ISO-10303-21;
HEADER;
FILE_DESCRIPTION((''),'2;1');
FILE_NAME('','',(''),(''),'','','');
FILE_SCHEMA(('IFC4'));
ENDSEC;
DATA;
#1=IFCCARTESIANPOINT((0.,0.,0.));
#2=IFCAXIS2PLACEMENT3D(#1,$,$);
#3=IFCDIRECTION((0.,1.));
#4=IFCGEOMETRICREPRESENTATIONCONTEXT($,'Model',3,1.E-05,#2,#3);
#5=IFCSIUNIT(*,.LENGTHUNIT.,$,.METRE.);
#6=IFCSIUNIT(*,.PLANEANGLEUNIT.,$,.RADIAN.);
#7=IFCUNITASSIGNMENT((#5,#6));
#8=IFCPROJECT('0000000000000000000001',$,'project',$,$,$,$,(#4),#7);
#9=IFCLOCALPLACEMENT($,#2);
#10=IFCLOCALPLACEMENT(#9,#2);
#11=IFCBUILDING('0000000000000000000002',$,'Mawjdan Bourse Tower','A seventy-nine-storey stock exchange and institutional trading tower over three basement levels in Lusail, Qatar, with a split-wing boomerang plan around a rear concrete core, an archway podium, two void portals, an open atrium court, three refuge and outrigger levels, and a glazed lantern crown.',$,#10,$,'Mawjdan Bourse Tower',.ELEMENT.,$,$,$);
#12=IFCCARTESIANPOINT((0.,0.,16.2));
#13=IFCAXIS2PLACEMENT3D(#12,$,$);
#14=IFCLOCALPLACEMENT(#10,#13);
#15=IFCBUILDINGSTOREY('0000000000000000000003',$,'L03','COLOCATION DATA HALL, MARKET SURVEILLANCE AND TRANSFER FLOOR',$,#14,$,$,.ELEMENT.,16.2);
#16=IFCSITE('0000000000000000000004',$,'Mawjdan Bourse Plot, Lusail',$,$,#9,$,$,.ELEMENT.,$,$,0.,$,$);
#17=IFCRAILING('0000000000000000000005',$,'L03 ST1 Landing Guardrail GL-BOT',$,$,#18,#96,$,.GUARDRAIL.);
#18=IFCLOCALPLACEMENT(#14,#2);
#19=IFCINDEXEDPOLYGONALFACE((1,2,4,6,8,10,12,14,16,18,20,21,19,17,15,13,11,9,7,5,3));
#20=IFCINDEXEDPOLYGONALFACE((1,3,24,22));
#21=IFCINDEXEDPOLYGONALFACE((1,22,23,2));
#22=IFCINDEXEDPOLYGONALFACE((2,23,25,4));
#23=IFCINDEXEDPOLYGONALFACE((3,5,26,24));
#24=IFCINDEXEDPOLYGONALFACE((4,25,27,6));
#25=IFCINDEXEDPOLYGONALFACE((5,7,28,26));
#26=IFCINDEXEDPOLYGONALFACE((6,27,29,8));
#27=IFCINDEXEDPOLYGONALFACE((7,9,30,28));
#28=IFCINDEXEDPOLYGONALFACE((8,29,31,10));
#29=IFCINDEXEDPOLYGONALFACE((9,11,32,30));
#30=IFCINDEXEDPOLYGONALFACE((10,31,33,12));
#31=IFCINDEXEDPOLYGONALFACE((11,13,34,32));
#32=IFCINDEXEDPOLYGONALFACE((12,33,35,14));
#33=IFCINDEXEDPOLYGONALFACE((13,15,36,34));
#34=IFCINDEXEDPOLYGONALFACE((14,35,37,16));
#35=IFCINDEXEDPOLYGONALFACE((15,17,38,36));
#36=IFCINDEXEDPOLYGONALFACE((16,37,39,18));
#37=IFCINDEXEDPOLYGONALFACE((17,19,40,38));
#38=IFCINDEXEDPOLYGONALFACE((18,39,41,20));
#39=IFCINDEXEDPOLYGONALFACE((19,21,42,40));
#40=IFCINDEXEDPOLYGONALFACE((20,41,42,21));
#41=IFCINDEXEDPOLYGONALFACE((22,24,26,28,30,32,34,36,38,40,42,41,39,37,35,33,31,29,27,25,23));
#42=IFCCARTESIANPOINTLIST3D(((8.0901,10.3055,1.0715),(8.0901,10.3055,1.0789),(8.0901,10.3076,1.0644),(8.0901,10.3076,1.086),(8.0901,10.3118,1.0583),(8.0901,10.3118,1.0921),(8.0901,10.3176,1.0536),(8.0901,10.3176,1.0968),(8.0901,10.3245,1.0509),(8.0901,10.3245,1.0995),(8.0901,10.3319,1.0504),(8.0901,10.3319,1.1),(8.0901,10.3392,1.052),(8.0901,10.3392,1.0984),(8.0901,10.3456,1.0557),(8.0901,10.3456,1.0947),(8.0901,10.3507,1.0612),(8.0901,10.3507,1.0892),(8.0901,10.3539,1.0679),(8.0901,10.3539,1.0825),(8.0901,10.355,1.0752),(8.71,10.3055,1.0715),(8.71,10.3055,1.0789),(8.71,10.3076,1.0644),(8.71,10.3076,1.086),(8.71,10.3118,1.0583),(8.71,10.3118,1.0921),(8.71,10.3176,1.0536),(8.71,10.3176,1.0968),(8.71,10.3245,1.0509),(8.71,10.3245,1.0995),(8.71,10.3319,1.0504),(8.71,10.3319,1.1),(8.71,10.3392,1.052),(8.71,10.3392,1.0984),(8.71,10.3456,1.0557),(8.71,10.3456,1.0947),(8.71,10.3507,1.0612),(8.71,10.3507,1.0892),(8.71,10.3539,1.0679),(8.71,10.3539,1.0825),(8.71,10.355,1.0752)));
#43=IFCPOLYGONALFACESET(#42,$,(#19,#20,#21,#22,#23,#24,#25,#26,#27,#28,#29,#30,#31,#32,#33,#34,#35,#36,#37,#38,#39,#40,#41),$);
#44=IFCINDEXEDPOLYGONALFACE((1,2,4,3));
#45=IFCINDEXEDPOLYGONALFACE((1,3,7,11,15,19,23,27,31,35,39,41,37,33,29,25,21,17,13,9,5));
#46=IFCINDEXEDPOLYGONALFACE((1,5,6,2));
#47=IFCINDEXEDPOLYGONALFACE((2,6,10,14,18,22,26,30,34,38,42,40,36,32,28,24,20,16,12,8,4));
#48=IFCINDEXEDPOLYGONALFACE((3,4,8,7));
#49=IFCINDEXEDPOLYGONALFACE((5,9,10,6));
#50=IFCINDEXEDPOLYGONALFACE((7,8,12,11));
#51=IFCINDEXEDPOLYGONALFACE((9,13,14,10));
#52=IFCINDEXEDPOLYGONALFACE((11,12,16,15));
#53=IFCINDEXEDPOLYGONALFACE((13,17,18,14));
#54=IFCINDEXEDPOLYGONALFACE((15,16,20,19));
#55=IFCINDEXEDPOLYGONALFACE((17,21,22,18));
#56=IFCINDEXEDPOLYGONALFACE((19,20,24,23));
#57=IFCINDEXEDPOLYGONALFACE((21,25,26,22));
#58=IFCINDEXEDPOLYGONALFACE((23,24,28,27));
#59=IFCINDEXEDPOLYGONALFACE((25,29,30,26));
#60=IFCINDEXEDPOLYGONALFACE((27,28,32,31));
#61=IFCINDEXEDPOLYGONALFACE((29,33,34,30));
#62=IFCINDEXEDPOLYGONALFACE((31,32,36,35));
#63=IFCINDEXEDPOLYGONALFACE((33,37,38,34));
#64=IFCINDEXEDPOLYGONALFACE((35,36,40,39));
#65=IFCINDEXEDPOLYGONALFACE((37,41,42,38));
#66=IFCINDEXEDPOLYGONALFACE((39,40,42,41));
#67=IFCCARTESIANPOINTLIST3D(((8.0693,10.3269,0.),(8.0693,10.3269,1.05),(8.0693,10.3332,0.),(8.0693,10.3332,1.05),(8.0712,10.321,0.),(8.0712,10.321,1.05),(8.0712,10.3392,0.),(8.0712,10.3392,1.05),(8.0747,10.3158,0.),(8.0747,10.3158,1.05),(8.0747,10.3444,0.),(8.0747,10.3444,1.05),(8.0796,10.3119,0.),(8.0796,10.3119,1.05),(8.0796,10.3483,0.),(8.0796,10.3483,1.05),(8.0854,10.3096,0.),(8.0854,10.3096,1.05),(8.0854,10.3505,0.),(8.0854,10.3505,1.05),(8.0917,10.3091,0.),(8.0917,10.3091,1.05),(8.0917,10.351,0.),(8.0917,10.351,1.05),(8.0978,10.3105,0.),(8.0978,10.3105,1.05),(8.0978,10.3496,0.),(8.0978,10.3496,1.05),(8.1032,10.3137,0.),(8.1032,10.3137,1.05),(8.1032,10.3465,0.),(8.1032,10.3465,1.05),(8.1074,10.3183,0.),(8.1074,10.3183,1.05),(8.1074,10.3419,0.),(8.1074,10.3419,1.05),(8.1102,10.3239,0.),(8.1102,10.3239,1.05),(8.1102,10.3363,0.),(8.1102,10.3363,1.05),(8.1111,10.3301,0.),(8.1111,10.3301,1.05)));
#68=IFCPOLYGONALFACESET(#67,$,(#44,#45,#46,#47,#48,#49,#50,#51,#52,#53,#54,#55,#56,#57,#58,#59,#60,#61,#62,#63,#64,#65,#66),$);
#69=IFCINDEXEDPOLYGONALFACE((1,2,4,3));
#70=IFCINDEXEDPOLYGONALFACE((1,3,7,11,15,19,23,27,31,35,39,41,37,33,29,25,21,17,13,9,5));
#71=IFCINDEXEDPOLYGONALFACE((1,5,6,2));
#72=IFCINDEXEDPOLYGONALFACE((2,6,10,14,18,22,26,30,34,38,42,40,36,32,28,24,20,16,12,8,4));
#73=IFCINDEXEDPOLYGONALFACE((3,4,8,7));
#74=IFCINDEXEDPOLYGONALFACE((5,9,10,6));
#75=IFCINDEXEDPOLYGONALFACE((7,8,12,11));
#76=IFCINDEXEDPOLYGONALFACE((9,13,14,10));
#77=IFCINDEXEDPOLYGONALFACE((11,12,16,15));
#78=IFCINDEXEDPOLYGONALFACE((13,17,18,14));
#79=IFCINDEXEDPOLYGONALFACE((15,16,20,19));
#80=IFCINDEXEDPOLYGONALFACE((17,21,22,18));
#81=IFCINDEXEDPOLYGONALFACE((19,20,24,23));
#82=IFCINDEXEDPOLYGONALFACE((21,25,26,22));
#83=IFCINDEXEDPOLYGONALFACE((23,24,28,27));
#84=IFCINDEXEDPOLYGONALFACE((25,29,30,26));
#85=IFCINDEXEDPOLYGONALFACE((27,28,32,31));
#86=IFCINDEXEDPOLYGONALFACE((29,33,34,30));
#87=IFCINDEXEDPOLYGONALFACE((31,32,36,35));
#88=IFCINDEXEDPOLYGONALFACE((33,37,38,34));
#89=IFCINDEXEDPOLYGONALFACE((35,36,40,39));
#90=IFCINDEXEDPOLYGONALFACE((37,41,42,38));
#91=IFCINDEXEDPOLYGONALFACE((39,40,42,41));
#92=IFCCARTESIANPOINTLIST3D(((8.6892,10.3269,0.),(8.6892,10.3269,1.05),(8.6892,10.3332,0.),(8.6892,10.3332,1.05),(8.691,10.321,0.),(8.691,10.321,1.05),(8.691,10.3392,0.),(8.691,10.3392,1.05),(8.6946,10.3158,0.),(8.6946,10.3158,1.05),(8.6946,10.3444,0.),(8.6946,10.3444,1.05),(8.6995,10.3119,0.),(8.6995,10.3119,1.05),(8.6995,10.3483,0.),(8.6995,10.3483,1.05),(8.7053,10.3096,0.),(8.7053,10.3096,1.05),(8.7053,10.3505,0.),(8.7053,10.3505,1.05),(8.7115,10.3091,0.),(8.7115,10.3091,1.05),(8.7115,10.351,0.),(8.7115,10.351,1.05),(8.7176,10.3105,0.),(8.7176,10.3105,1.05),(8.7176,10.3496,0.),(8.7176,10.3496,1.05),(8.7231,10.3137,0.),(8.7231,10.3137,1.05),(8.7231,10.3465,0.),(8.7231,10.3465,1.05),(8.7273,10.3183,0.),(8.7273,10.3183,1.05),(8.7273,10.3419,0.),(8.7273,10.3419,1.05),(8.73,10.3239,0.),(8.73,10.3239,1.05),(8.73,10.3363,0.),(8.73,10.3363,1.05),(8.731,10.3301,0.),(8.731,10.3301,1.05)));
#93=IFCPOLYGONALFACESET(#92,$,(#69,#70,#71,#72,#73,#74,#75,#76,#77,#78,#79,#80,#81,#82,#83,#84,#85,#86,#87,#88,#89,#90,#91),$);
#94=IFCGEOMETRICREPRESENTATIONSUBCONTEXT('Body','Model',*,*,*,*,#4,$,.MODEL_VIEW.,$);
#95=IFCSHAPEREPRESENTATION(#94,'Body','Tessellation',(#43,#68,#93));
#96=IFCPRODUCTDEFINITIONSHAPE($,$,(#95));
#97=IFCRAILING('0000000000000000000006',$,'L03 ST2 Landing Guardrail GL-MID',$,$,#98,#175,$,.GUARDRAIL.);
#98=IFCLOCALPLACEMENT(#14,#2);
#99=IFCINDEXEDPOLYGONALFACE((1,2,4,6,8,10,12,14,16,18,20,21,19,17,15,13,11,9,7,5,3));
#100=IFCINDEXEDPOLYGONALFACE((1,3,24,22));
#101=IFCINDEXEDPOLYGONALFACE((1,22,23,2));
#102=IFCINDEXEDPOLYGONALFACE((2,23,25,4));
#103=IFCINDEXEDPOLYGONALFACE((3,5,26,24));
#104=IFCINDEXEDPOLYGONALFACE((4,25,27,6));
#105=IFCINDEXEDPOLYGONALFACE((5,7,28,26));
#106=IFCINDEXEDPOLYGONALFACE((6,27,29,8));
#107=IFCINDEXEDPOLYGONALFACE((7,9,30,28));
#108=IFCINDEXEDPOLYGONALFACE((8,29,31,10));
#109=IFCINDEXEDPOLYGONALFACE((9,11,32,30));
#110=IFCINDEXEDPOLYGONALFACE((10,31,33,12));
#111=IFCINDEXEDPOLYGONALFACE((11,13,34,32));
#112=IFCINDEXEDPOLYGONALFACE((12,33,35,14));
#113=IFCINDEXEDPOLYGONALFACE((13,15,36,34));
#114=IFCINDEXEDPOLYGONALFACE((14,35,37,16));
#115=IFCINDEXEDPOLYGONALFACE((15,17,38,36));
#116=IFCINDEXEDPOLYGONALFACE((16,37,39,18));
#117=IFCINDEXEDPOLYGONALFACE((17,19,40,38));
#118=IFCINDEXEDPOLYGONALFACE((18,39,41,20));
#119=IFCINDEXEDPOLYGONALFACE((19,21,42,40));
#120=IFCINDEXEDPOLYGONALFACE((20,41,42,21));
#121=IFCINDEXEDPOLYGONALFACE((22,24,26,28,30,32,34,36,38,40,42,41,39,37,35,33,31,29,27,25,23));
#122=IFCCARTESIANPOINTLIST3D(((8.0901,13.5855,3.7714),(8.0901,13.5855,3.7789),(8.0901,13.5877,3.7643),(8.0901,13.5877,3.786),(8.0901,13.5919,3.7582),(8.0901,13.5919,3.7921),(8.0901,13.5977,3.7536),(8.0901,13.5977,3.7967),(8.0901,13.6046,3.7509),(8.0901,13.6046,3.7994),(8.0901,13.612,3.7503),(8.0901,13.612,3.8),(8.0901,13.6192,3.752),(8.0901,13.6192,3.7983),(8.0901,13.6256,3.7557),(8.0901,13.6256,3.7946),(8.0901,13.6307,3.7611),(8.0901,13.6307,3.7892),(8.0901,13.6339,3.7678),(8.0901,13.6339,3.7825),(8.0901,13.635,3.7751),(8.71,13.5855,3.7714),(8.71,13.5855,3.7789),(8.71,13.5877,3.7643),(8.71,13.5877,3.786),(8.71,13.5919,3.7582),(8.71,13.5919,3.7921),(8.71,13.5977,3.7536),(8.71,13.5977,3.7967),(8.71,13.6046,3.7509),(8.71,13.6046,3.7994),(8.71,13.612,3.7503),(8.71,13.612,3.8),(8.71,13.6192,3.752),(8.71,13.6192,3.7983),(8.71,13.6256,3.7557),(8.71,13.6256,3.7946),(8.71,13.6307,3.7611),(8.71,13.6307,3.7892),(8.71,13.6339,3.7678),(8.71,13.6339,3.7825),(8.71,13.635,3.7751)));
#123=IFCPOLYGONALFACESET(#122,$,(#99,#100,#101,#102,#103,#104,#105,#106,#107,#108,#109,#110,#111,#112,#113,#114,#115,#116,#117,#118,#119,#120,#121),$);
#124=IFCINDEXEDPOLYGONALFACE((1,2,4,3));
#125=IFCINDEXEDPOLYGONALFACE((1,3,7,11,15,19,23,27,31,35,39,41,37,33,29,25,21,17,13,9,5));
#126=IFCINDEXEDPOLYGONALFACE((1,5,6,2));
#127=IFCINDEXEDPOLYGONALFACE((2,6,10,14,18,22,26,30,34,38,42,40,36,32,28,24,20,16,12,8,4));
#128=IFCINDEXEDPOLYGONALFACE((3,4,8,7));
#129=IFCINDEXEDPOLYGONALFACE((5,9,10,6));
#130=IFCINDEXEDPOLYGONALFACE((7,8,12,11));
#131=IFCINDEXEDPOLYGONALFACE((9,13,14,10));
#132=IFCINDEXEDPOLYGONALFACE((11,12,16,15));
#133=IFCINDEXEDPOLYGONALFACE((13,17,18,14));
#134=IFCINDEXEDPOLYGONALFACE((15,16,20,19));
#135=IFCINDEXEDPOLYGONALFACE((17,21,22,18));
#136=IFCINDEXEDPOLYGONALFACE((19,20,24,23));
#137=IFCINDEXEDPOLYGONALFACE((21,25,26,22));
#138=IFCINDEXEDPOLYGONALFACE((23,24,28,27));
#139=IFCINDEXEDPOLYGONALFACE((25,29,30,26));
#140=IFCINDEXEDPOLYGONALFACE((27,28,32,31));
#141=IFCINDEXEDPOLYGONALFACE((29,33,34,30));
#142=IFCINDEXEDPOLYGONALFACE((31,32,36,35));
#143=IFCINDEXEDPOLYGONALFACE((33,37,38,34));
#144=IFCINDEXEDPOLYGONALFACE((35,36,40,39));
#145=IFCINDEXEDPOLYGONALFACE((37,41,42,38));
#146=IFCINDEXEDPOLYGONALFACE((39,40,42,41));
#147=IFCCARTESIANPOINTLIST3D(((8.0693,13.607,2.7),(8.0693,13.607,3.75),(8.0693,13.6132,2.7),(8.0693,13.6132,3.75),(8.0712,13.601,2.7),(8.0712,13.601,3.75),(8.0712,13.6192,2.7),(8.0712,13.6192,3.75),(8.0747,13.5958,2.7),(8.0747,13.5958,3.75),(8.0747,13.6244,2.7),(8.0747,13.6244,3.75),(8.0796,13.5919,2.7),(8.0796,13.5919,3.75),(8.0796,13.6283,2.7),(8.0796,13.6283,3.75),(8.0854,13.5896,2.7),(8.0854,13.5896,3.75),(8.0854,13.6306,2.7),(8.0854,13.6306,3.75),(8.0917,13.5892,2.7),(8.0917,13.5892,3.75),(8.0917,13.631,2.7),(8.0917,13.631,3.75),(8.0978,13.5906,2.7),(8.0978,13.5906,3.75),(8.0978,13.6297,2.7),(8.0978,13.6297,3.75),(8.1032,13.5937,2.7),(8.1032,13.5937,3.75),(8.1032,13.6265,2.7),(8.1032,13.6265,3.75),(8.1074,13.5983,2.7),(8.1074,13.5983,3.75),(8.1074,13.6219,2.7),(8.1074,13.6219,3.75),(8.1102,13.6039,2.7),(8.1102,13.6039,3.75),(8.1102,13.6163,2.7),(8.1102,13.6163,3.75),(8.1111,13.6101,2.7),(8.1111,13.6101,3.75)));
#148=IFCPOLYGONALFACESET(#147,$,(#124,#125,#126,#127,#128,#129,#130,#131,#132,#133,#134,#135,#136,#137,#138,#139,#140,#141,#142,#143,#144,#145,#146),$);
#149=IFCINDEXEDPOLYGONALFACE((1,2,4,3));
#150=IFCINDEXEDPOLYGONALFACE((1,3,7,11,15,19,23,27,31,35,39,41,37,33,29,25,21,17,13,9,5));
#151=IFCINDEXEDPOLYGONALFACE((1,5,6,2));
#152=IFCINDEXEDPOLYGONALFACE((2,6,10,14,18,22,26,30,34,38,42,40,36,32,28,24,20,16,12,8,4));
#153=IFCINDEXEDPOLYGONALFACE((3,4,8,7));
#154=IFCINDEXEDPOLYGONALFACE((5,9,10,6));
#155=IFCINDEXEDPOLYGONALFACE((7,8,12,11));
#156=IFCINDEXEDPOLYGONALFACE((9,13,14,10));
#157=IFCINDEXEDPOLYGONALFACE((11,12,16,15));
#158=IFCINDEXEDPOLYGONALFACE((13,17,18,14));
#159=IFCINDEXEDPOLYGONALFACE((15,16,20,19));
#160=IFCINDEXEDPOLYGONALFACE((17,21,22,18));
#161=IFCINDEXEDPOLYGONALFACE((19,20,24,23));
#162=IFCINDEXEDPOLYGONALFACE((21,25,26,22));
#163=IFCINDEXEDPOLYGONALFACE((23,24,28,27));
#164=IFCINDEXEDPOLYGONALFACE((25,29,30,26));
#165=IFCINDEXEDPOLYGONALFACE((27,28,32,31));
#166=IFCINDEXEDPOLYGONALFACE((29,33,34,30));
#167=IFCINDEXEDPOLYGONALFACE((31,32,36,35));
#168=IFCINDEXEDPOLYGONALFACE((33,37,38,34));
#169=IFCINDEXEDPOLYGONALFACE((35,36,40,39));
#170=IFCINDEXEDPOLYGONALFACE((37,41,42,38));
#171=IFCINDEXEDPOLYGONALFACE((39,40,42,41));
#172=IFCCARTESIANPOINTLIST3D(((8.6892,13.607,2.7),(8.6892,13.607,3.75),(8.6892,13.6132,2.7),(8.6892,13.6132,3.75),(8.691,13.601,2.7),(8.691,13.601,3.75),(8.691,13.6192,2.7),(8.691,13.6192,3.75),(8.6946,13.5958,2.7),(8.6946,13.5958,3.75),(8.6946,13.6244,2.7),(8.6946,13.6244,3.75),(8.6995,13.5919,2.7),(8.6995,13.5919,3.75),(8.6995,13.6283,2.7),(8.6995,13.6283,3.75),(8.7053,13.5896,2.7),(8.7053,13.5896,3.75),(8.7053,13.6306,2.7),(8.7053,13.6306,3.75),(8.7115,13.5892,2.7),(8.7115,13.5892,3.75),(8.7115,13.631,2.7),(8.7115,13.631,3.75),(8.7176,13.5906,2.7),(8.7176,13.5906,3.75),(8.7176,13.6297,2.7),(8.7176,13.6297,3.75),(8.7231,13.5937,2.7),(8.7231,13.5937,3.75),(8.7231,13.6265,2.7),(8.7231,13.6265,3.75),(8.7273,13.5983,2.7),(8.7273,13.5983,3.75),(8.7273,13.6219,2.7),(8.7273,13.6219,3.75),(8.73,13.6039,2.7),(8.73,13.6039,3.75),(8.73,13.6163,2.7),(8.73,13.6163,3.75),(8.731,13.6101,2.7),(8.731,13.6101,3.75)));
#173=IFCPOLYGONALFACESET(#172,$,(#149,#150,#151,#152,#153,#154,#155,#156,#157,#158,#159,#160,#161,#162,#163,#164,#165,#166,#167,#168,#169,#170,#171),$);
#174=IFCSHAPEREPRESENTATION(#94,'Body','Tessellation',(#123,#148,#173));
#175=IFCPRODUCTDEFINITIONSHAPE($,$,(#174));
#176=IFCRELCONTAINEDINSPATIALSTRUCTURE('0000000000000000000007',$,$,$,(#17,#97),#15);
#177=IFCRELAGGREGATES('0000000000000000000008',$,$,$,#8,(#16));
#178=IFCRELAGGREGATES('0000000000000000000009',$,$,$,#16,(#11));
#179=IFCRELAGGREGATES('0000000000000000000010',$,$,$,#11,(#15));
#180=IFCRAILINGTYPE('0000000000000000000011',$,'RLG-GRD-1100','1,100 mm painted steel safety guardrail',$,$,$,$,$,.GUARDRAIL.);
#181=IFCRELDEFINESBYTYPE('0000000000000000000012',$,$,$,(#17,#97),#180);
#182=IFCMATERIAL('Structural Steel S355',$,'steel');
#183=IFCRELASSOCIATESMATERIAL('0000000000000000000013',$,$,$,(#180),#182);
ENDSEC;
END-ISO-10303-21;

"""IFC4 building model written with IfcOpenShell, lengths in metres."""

from ifc_helpers import new_model, si_unit, direction, frame, origin, origin_2d, place, context, subcontext, project, spatial, circle, extrude, material, type_object, element, save


model = new_model("IFC4")

# Units and contexts
model_context = context("Model", 3, precision=1e-05, world=origin(), true_north=direction((0.0, 1.0)))
body_context = subcontext(model_context, "Body", "Model", "MODEL_VIEW")
ifc_project = project(units=[si_unit("LENGTHUNIT", "METRE"), si_unit("PLANEANGLEUNIT", "RADIAN")], contexts=[model_context])

# Site, building, storey
site_placement = place(None, origin())
site = spatial("IfcSite", under=ifc_project, at=site_placement, Name="Mawjdan Bourse Plot, Lusail", CompositionType="ELEMENT", RefElevation=0.0)
building_placement = place(site_placement, origin())
building = spatial("IfcBuilding", under=site, at=building_placement, Name="Mawjdan Bourse Tower", Description="A seventy-nine-storey stock exchange and institutional trading tower over three basement levels in Lusail, Qatar, with a split-wing boomerang plan around a rear concrete core, an archway podium, two void portals, an open atrium court, three refuge and outrigger levels, and a glazed lantern crown.", LongName="Mawjdan Bourse Tower", CompositionType="ELEMENT")
storey_placement = place(building_placement, frame((0.0, 0.0, 16.2)))
storey = spatial("IfcBuildingStorey", under=building, at=storey_placement, Name="L03", Description="COLOCATION DATA HALL, MARKET SURVEILLANCE AND TRANSFER FLOOR", CompositionType="ELEMENT", Elevation=16.2)

# Shared definitions
ifc_material_1 = material(Name="Structural Steel S355", Category="steel")

# Railings
railing_type_1 = type_object("IfcRailingType", Name="RLG-GRD-1100", Description="1,100 mm painted steel safety guardrail", PredefinedType="GUARDRAIL", material=ifc_material_1)
for number, where, name in (
    (1, (8.0901, 10.3301, 0.0), "L03 ST1 Landing Guardrail GL-BOT"),
    (2, (8.0901, 13.6101, 2.7), "L03 ST2 Landing Guardrail GL-MID"),
):
    element("IfcRailing", number, at=place(storey_placement, frame(where)), inside=storey, type_object=railing_type_1, Name=name, PredefinedType="GUARDRAIL", context=body_context, shape_type="SweptSolid", body=[
        extrude(circle(Radius=0.0249, at=origin_2d()), frame((0.0, 0.0, 1.0752), z_axis=(1.0, 0.0, 0.0), x_axis=(0.0, 1.0, 0.0)), (0.0, 0.0, 1.0), 0.6199),
        extrude(circle(Radius=0.021, at=origin_2d()), origin(), (0.0, 0.0, 1.0), 1.05),
        extrude(circle(Radius=0.021, at=origin_2d()), frame((0.6199, 0.0, 0.0)), (0.0, 0.0, 1.0), 1.05),
    ])

save(model, "model.ifc")
